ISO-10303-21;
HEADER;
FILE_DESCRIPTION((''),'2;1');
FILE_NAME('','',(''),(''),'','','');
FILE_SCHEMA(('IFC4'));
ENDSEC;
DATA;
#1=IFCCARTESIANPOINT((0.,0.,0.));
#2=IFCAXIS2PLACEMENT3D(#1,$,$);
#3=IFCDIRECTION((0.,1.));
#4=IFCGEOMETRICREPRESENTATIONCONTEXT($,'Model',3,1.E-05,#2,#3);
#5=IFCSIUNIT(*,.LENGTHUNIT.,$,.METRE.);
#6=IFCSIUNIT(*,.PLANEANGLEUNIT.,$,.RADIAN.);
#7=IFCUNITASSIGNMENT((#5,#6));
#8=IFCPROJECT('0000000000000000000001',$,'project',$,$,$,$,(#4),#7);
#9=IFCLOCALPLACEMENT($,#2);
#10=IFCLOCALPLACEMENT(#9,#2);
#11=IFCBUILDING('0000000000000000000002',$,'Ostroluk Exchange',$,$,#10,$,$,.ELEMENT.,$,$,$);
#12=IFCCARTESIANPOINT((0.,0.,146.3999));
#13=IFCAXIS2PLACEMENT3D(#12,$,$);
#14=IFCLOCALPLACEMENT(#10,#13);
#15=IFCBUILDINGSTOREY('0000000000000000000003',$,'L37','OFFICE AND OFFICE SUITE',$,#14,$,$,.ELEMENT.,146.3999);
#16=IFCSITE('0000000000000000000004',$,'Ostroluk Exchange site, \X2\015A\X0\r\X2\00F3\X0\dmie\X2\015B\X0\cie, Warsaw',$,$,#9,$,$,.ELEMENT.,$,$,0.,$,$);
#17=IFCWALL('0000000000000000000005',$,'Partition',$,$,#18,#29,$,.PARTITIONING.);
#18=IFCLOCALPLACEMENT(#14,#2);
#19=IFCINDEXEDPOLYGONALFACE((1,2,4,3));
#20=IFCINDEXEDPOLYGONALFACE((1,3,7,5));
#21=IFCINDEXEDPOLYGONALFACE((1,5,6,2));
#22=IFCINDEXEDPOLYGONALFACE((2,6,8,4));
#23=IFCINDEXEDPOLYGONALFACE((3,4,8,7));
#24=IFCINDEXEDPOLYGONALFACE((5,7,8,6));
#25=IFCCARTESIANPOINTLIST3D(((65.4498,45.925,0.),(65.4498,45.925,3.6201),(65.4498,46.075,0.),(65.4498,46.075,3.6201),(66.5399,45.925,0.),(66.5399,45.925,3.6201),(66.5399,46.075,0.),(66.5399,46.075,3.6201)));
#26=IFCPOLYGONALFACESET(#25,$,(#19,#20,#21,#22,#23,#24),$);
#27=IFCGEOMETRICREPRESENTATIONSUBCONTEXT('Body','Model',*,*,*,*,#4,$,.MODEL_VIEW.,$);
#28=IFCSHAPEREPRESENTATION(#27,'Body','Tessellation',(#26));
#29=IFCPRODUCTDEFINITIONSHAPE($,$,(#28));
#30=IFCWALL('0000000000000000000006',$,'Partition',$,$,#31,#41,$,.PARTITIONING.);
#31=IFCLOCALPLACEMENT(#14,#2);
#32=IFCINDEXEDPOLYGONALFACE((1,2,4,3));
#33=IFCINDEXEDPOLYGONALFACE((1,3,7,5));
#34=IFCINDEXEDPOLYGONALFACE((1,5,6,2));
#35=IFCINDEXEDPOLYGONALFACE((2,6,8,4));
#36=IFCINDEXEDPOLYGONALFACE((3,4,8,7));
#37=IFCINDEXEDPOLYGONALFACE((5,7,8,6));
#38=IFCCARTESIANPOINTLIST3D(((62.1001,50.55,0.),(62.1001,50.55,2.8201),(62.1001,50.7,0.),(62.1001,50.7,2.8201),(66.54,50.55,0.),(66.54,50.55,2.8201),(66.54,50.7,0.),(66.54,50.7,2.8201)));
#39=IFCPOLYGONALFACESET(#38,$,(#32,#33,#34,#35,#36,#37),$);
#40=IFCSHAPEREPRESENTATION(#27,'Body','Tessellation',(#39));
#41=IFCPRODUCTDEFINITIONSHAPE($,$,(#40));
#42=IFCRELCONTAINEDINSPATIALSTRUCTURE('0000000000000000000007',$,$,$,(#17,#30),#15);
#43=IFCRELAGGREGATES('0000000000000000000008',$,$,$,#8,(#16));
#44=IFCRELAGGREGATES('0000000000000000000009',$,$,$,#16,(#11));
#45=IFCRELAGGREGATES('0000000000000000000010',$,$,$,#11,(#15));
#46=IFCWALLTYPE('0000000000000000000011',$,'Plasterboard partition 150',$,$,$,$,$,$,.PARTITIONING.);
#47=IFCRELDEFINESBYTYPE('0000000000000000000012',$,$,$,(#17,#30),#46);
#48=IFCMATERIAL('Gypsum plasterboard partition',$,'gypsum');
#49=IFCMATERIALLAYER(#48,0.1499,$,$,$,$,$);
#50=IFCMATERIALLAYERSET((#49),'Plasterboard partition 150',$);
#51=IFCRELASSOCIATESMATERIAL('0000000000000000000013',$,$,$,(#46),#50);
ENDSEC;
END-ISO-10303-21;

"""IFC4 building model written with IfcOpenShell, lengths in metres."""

from ifc_helpers import new_model, si_unit, direction, frame, frame_2d, origin, place, context, subcontext, project, spatial, rectangle, extrude, material, layer, layer_set, type_object, element, save


model = new_model("IFC4")

# Units and contexts
model_context = context("Model", 3, precision=1e-05, world=origin(), true_north=direction((0.0, 1.0)))
body_context = subcontext(model_context, "Body", "Model", "MODEL_VIEW")
ifc_project = project(units=[si_unit("LENGTHUNIT", "METRE"), si_unit("PLANEANGLEUNIT", "RADIAN")], contexts=[model_context])

# Site, building, storey
site_placement = place(None, origin())
site = spatial("IfcSite", under=ifc_project, at=site_placement, Name="Ostroluk Exchange site, Śródmieście, Warsaw", CompositionType="ELEMENT", RefElevation=0.0)
building_placement = place(site_placement, origin())
building = spatial("IfcBuilding", under=site, at=building_placement, Name="Ostroluk Exchange", CompositionType="ELEMENT")
storey_placement = place(building_placement, frame((0.0, 0.0, 146.3999)))
storey = spatial("IfcBuildingStorey", under=building, at=storey_placement, Name="L37", Description="OFFICE AND OFFICE SUITE", CompositionType="ELEMENT", Elevation=146.3999)

# Shared definitions
ifc_material_1 = material(Name="Gypsum plasterboard partition", Category="gypsum")
ifc_layer_1 = layer(ifc_material_1, 0.1499)
ifc_layer_set_1 = layer_set([ifc_layer_1], Name="Plasterboard partition 150")
wall_type = type_object("IfcWallType", Name="Plasterboard partition 150", PredefinedType="PARTITIONING", material=ifc_layer_set_1)

# Walls
wall_1_placement = place(storey_placement, frame((65.45, 46.0, 0.0), z_axis=(0.0, 0.0, 1.0), x_axis=(1.0, 0.0, 0.0)))
element("IfcWall", 1, at=wall_1_placement, inside=storey, type_object=wall_type, Name="Partition", PredefinedType="PARTITIONING", context=body_context, shape_type="SweptSolid", body=[
    extrude(rectangle(XDim=1.0901, YDim=0.1499, at=frame_2d((0.5449, 0.0))), origin(), (0.0, 0.0, 1.0), 3.6201),
])
wall_2_placement = place(storey_placement, frame((62.1001, 50.625, 0.0), z_axis=(0.0, 0.0, 1.0), x_axis=(1.0, 0.0, 0.0)))
element("IfcWall", 2, at=wall_2_placement, inside=storey, type_object=wall_type, Name="Partition", PredefinedType="PARTITIONING", context=body_context, shape_type="SweptSolid", body=[
    extrude(rectangle(XDim=4.4399, YDim=0.1499, at=frame_2d((2.22, 0.0))), origin(), (0.0, 0.0, 1.0), 2.8201),
])

save(model, "model.ifc")
